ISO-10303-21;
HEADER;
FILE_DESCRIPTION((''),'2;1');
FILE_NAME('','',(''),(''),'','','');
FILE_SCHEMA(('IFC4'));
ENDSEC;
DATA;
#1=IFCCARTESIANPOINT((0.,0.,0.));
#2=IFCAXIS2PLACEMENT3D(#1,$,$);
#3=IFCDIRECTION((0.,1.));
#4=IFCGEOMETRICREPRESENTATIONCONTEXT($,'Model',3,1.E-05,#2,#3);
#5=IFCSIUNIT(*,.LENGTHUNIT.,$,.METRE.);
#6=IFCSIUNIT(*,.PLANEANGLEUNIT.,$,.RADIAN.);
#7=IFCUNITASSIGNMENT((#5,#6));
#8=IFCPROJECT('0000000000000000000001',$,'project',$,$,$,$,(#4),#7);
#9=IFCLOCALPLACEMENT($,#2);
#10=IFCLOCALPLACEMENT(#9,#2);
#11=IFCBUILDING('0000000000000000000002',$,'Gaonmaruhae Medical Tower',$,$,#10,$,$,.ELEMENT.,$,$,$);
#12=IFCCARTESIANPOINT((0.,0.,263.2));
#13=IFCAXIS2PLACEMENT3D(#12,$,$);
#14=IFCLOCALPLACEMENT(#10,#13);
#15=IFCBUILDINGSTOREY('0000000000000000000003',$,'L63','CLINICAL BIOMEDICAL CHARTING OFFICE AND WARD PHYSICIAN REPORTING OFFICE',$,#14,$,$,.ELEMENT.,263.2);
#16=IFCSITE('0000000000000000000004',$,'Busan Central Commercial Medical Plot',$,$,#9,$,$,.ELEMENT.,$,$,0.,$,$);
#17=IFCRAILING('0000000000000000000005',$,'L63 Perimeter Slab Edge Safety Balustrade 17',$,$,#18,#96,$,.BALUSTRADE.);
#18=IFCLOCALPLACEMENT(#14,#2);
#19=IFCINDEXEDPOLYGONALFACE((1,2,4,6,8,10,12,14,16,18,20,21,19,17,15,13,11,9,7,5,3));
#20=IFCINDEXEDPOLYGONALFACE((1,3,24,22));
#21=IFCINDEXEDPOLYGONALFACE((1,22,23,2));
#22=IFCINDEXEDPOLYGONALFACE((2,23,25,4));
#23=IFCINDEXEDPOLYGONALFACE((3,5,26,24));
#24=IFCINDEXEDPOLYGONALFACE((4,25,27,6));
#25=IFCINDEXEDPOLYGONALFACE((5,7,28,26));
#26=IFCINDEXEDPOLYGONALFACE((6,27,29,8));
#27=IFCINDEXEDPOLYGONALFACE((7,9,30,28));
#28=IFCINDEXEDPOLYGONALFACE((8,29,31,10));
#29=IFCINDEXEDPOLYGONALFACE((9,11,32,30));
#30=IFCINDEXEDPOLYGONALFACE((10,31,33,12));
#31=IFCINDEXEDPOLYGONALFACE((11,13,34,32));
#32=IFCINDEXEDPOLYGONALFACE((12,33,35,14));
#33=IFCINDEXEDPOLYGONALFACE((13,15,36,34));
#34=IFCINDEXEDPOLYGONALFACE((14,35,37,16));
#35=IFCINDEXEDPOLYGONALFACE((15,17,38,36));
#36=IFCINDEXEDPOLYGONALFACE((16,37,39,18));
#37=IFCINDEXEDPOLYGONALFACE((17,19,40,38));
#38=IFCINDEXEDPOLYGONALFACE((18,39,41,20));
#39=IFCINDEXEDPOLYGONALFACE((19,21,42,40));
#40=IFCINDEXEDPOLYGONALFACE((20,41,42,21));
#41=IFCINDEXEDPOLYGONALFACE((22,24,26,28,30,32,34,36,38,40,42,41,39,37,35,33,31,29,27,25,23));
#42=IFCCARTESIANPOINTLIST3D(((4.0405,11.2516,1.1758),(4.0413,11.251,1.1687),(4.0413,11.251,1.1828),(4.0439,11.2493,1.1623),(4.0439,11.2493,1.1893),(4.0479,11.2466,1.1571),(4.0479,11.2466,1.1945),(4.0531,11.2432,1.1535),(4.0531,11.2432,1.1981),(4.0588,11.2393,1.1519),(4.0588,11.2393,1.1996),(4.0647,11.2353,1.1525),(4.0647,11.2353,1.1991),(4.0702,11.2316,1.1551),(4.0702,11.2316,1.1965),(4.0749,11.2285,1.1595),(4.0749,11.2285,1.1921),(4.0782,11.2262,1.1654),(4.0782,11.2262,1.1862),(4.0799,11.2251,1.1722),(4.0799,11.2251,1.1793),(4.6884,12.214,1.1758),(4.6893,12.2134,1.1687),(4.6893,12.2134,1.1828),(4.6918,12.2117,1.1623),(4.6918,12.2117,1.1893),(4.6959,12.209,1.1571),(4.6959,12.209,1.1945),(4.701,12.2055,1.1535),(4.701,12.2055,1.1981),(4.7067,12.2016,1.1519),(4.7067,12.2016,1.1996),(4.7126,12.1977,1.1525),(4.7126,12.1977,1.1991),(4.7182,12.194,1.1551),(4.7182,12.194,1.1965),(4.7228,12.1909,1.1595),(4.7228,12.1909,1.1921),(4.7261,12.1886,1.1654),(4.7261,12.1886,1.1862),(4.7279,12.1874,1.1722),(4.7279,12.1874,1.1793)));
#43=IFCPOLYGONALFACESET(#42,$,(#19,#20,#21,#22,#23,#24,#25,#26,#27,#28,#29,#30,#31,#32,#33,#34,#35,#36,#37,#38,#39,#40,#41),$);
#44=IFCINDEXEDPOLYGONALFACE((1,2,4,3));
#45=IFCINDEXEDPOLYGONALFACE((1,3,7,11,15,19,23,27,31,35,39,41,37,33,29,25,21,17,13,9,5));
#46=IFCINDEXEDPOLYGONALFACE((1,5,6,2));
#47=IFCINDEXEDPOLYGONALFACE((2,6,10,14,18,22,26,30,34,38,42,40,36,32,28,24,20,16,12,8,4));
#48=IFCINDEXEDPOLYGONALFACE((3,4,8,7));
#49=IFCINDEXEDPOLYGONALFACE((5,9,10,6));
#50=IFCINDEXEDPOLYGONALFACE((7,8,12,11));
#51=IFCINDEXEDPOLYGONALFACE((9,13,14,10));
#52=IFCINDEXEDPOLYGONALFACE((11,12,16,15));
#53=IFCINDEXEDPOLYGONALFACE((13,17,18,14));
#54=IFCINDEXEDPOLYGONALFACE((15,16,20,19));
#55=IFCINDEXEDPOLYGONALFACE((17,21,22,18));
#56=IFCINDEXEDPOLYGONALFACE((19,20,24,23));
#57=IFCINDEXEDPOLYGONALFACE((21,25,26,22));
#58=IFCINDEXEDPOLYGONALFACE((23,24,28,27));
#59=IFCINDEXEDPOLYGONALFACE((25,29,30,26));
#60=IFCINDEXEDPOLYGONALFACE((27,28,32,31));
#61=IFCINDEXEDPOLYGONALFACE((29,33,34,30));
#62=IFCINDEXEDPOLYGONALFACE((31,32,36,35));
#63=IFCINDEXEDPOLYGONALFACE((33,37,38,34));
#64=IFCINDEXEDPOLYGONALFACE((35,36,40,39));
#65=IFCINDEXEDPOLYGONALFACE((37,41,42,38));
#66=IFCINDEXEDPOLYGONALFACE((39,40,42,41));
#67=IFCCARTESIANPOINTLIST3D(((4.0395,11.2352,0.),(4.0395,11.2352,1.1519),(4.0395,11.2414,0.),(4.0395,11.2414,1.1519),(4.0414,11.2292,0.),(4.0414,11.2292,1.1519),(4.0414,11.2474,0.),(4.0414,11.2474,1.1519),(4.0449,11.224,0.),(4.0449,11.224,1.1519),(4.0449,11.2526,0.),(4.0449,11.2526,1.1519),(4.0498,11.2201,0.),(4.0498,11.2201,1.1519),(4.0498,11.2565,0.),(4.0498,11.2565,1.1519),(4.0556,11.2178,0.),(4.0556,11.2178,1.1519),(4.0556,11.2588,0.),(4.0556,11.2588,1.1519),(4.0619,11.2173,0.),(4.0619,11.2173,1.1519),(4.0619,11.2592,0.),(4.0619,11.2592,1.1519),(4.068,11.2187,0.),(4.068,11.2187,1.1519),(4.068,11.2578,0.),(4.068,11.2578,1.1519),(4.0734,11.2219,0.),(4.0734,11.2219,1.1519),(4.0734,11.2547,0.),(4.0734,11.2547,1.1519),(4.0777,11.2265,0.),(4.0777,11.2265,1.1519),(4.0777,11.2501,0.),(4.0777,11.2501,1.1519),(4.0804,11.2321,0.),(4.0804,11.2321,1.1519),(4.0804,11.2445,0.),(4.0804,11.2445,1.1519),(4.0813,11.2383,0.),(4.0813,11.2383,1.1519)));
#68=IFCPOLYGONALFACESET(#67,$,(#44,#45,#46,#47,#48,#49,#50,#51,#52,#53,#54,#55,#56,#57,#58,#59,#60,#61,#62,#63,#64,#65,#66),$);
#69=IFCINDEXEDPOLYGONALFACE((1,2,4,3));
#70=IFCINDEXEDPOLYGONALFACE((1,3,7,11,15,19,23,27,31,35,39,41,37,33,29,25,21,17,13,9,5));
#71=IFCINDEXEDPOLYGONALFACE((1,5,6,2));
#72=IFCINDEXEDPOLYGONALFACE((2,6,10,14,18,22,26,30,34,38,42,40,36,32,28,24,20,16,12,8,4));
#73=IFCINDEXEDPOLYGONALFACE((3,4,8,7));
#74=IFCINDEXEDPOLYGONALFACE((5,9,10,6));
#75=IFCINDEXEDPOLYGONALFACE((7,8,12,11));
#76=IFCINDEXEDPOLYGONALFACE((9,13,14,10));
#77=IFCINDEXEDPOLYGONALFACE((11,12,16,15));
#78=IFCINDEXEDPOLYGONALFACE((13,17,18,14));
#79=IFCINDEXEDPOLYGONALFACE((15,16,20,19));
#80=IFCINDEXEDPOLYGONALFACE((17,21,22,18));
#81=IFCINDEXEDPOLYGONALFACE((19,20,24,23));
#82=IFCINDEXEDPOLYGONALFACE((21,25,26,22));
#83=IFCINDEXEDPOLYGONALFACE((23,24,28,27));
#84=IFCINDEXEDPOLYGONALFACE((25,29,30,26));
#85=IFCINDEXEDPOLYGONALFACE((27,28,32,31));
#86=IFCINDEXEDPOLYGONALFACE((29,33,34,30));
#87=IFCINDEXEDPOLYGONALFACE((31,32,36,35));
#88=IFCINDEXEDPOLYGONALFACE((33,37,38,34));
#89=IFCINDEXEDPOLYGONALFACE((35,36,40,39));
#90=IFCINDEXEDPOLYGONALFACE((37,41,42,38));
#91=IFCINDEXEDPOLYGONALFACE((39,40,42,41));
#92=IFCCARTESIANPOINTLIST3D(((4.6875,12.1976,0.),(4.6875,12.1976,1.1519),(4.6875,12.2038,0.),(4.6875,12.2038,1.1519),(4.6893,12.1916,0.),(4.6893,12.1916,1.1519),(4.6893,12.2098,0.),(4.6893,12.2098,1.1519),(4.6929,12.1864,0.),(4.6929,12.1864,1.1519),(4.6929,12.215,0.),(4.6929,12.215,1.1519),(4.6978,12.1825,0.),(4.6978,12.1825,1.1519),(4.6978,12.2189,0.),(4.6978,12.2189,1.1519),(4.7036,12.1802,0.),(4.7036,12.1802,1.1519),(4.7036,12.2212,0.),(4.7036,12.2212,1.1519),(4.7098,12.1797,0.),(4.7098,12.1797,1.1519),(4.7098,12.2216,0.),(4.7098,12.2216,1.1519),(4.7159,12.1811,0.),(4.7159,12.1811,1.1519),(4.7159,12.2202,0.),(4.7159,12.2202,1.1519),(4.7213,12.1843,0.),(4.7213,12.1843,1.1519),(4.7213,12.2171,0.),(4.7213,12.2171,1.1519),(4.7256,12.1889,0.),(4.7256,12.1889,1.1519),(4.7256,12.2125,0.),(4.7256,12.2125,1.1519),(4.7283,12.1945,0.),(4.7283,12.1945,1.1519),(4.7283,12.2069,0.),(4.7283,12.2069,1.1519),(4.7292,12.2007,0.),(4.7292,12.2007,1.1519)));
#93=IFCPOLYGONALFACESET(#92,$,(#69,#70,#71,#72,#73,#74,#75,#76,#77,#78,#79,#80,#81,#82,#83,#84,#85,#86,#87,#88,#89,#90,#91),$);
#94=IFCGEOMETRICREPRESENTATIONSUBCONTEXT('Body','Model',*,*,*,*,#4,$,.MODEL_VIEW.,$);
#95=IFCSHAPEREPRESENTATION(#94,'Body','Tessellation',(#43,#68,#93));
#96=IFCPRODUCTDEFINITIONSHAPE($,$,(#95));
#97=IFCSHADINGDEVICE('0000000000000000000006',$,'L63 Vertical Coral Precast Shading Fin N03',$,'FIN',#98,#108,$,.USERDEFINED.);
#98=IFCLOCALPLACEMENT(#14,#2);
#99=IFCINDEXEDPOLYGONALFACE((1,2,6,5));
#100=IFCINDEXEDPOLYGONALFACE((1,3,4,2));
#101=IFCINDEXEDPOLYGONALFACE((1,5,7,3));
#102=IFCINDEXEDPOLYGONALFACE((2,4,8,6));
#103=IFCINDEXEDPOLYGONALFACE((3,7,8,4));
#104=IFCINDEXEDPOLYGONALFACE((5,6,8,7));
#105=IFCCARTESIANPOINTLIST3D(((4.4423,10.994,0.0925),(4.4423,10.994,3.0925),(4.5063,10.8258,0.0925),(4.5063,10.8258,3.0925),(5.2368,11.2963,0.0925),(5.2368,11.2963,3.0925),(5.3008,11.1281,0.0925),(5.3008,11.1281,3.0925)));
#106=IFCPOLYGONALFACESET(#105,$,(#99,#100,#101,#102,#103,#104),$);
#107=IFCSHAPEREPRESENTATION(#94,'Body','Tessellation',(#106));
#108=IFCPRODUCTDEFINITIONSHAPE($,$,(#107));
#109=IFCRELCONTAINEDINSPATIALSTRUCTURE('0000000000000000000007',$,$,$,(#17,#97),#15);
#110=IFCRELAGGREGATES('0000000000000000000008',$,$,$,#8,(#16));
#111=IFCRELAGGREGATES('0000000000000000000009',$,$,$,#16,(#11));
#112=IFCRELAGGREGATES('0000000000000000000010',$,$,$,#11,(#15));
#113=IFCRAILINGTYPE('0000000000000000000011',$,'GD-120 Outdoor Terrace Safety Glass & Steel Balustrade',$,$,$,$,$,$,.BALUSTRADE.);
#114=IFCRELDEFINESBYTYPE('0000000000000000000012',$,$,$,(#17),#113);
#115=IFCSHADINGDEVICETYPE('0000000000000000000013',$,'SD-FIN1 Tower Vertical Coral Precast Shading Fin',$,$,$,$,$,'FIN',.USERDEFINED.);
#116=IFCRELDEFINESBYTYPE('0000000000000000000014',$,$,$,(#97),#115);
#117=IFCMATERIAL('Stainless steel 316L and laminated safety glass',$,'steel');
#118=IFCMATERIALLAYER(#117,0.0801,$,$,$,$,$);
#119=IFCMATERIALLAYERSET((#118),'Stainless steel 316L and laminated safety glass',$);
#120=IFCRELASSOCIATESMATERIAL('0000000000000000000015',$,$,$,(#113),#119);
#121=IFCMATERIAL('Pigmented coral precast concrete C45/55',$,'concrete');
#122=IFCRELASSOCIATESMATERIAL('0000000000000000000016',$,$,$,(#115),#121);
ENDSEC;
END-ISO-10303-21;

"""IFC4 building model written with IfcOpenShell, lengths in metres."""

from ifc_helpers import new_model, si_unit, direction, frame, origin, origin_2d, place, context, subcontext, project, spatial, rectangle, circle, extrude, material, layer, layer_set, type_object, element, save


model = new_model("IFC4")

# Units and contexts
model_context = context("Model", 3, precision=1e-05, world=origin(), true_north=direction((0.0, 1.0)))
body_context = subcontext(model_context, "Body", "Model", "MODEL_VIEW")
ifc_project = project(units=[si_unit("LENGTHUNIT", "METRE"), si_unit("PLANEANGLEUNIT", "RADIAN")], contexts=[model_context])

# Site, building, storey
site_placement = place(None, origin())
site = spatial("IfcSite", under=ifc_project, at=site_placement, Name="Busan Central Commercial Medical Plot", CompositionType="ELEMENT", RefElevation=0.0)
building_placement = place(site_placement, origin())
building = spatial("IfcBuilding", under=site, at=building_placement, Name="Gaonmaruhae Medical Tower", CompositionType="ELEMENT")
storey_placement = place(building_placement, frame((0.0, 0.0, 263.2)))
storey = spatial("IfcBuildingStorey", under=building, at=storey_placement, Name="L63", Description="CLINICAL BIOMEDICAL CHARTING OFFICE AND WARD PHYSICIAN REPORTING OFFICE", CompositionType="ELEMENT", Elevation=263.2)

# Railing
ifc_material_1 = material(Name="Stainless steel 316L and laminated safety glass", Category="steel")
ifc_layer_1 = layer(ifc_material_1, 0.0801)
ifc_layer_set_1 = layer_set([ifc_layer_1], Name="Stainless steel 316L and laminated safety glass")
railing_type = type_object("IfcRailingType", Name="GD-120 Outdoor Terrace Safety Glass & Steel Balustrade", PredefinedType="BALUSTRADE", material=ifc_layer_set_1)
railing_1_placement = place(storey_placement, frame((4.0603, 11.2383, 0.0)))
element("IfcRailing", 1, at=railing_1_placement, inside=storey, type_object=railing_type, Name="L63 Perimeter Slab Edge Safety Balustrade 17", PredefinedType="BALUSTRADE", context=body_context, shape_type="SweptSolid", body=[
    extrude(circle(Radius=0.0239, at=origin_2d()), frame((0.0, 0.0, 1.1758), z_axis=(0.558482, 0.829517, 0.0), x_axis=(-0.829517, 0.558482, 0.0)), (0.0, 0.0, 1.0), 1.1602),
    extrude(circle(Radius=0.021, at=origin_2d()), origin(), (0.0, 0.0, 1.0), 1.1519),
    extrude(circle(Radius=0.021, at=origin_2d()), frame((0.6479, 0.9624, 0.0)), (0.0, 0.0, 1.0), 1.1519),
])

# Shading device
ifc_material_2 = material(Name="Pigmented coral precast concrete C45/55", Category="concrete")
shading_device_type = type_object("IfcShadingDeviceType", Name="SD-FIN1 Tower Vertical Coral Precast Shading Fin", ElementType="FIN", PredefinedType="USERDEFINED", material=ifc_material_2)
shading_device_placement = place(storey_placement, frame((4.8716, 11.061, 0.0925), z_axis=(0.0, 0.0, 1.0), x_axis=(-0.355629, 0.934627, 0.0)))
element("IfcShadingDevice", 2, at=shading_device_placement, inside=storey, type_object=shading_device_type, Name="L63 Vertical Coral Precast Shading Fin N03", ObjectType="FIN", PredefinedType="USERDEFINED", context=body_context, shape_type="SweptSolid", body=[
    extrude(rectangle(XDim=0.1799, YDim=0.8501, at=origin_2d()), origin(), (0.0, 0.0, 1.0), 3.0),
])

save(model, "model.ifc")
